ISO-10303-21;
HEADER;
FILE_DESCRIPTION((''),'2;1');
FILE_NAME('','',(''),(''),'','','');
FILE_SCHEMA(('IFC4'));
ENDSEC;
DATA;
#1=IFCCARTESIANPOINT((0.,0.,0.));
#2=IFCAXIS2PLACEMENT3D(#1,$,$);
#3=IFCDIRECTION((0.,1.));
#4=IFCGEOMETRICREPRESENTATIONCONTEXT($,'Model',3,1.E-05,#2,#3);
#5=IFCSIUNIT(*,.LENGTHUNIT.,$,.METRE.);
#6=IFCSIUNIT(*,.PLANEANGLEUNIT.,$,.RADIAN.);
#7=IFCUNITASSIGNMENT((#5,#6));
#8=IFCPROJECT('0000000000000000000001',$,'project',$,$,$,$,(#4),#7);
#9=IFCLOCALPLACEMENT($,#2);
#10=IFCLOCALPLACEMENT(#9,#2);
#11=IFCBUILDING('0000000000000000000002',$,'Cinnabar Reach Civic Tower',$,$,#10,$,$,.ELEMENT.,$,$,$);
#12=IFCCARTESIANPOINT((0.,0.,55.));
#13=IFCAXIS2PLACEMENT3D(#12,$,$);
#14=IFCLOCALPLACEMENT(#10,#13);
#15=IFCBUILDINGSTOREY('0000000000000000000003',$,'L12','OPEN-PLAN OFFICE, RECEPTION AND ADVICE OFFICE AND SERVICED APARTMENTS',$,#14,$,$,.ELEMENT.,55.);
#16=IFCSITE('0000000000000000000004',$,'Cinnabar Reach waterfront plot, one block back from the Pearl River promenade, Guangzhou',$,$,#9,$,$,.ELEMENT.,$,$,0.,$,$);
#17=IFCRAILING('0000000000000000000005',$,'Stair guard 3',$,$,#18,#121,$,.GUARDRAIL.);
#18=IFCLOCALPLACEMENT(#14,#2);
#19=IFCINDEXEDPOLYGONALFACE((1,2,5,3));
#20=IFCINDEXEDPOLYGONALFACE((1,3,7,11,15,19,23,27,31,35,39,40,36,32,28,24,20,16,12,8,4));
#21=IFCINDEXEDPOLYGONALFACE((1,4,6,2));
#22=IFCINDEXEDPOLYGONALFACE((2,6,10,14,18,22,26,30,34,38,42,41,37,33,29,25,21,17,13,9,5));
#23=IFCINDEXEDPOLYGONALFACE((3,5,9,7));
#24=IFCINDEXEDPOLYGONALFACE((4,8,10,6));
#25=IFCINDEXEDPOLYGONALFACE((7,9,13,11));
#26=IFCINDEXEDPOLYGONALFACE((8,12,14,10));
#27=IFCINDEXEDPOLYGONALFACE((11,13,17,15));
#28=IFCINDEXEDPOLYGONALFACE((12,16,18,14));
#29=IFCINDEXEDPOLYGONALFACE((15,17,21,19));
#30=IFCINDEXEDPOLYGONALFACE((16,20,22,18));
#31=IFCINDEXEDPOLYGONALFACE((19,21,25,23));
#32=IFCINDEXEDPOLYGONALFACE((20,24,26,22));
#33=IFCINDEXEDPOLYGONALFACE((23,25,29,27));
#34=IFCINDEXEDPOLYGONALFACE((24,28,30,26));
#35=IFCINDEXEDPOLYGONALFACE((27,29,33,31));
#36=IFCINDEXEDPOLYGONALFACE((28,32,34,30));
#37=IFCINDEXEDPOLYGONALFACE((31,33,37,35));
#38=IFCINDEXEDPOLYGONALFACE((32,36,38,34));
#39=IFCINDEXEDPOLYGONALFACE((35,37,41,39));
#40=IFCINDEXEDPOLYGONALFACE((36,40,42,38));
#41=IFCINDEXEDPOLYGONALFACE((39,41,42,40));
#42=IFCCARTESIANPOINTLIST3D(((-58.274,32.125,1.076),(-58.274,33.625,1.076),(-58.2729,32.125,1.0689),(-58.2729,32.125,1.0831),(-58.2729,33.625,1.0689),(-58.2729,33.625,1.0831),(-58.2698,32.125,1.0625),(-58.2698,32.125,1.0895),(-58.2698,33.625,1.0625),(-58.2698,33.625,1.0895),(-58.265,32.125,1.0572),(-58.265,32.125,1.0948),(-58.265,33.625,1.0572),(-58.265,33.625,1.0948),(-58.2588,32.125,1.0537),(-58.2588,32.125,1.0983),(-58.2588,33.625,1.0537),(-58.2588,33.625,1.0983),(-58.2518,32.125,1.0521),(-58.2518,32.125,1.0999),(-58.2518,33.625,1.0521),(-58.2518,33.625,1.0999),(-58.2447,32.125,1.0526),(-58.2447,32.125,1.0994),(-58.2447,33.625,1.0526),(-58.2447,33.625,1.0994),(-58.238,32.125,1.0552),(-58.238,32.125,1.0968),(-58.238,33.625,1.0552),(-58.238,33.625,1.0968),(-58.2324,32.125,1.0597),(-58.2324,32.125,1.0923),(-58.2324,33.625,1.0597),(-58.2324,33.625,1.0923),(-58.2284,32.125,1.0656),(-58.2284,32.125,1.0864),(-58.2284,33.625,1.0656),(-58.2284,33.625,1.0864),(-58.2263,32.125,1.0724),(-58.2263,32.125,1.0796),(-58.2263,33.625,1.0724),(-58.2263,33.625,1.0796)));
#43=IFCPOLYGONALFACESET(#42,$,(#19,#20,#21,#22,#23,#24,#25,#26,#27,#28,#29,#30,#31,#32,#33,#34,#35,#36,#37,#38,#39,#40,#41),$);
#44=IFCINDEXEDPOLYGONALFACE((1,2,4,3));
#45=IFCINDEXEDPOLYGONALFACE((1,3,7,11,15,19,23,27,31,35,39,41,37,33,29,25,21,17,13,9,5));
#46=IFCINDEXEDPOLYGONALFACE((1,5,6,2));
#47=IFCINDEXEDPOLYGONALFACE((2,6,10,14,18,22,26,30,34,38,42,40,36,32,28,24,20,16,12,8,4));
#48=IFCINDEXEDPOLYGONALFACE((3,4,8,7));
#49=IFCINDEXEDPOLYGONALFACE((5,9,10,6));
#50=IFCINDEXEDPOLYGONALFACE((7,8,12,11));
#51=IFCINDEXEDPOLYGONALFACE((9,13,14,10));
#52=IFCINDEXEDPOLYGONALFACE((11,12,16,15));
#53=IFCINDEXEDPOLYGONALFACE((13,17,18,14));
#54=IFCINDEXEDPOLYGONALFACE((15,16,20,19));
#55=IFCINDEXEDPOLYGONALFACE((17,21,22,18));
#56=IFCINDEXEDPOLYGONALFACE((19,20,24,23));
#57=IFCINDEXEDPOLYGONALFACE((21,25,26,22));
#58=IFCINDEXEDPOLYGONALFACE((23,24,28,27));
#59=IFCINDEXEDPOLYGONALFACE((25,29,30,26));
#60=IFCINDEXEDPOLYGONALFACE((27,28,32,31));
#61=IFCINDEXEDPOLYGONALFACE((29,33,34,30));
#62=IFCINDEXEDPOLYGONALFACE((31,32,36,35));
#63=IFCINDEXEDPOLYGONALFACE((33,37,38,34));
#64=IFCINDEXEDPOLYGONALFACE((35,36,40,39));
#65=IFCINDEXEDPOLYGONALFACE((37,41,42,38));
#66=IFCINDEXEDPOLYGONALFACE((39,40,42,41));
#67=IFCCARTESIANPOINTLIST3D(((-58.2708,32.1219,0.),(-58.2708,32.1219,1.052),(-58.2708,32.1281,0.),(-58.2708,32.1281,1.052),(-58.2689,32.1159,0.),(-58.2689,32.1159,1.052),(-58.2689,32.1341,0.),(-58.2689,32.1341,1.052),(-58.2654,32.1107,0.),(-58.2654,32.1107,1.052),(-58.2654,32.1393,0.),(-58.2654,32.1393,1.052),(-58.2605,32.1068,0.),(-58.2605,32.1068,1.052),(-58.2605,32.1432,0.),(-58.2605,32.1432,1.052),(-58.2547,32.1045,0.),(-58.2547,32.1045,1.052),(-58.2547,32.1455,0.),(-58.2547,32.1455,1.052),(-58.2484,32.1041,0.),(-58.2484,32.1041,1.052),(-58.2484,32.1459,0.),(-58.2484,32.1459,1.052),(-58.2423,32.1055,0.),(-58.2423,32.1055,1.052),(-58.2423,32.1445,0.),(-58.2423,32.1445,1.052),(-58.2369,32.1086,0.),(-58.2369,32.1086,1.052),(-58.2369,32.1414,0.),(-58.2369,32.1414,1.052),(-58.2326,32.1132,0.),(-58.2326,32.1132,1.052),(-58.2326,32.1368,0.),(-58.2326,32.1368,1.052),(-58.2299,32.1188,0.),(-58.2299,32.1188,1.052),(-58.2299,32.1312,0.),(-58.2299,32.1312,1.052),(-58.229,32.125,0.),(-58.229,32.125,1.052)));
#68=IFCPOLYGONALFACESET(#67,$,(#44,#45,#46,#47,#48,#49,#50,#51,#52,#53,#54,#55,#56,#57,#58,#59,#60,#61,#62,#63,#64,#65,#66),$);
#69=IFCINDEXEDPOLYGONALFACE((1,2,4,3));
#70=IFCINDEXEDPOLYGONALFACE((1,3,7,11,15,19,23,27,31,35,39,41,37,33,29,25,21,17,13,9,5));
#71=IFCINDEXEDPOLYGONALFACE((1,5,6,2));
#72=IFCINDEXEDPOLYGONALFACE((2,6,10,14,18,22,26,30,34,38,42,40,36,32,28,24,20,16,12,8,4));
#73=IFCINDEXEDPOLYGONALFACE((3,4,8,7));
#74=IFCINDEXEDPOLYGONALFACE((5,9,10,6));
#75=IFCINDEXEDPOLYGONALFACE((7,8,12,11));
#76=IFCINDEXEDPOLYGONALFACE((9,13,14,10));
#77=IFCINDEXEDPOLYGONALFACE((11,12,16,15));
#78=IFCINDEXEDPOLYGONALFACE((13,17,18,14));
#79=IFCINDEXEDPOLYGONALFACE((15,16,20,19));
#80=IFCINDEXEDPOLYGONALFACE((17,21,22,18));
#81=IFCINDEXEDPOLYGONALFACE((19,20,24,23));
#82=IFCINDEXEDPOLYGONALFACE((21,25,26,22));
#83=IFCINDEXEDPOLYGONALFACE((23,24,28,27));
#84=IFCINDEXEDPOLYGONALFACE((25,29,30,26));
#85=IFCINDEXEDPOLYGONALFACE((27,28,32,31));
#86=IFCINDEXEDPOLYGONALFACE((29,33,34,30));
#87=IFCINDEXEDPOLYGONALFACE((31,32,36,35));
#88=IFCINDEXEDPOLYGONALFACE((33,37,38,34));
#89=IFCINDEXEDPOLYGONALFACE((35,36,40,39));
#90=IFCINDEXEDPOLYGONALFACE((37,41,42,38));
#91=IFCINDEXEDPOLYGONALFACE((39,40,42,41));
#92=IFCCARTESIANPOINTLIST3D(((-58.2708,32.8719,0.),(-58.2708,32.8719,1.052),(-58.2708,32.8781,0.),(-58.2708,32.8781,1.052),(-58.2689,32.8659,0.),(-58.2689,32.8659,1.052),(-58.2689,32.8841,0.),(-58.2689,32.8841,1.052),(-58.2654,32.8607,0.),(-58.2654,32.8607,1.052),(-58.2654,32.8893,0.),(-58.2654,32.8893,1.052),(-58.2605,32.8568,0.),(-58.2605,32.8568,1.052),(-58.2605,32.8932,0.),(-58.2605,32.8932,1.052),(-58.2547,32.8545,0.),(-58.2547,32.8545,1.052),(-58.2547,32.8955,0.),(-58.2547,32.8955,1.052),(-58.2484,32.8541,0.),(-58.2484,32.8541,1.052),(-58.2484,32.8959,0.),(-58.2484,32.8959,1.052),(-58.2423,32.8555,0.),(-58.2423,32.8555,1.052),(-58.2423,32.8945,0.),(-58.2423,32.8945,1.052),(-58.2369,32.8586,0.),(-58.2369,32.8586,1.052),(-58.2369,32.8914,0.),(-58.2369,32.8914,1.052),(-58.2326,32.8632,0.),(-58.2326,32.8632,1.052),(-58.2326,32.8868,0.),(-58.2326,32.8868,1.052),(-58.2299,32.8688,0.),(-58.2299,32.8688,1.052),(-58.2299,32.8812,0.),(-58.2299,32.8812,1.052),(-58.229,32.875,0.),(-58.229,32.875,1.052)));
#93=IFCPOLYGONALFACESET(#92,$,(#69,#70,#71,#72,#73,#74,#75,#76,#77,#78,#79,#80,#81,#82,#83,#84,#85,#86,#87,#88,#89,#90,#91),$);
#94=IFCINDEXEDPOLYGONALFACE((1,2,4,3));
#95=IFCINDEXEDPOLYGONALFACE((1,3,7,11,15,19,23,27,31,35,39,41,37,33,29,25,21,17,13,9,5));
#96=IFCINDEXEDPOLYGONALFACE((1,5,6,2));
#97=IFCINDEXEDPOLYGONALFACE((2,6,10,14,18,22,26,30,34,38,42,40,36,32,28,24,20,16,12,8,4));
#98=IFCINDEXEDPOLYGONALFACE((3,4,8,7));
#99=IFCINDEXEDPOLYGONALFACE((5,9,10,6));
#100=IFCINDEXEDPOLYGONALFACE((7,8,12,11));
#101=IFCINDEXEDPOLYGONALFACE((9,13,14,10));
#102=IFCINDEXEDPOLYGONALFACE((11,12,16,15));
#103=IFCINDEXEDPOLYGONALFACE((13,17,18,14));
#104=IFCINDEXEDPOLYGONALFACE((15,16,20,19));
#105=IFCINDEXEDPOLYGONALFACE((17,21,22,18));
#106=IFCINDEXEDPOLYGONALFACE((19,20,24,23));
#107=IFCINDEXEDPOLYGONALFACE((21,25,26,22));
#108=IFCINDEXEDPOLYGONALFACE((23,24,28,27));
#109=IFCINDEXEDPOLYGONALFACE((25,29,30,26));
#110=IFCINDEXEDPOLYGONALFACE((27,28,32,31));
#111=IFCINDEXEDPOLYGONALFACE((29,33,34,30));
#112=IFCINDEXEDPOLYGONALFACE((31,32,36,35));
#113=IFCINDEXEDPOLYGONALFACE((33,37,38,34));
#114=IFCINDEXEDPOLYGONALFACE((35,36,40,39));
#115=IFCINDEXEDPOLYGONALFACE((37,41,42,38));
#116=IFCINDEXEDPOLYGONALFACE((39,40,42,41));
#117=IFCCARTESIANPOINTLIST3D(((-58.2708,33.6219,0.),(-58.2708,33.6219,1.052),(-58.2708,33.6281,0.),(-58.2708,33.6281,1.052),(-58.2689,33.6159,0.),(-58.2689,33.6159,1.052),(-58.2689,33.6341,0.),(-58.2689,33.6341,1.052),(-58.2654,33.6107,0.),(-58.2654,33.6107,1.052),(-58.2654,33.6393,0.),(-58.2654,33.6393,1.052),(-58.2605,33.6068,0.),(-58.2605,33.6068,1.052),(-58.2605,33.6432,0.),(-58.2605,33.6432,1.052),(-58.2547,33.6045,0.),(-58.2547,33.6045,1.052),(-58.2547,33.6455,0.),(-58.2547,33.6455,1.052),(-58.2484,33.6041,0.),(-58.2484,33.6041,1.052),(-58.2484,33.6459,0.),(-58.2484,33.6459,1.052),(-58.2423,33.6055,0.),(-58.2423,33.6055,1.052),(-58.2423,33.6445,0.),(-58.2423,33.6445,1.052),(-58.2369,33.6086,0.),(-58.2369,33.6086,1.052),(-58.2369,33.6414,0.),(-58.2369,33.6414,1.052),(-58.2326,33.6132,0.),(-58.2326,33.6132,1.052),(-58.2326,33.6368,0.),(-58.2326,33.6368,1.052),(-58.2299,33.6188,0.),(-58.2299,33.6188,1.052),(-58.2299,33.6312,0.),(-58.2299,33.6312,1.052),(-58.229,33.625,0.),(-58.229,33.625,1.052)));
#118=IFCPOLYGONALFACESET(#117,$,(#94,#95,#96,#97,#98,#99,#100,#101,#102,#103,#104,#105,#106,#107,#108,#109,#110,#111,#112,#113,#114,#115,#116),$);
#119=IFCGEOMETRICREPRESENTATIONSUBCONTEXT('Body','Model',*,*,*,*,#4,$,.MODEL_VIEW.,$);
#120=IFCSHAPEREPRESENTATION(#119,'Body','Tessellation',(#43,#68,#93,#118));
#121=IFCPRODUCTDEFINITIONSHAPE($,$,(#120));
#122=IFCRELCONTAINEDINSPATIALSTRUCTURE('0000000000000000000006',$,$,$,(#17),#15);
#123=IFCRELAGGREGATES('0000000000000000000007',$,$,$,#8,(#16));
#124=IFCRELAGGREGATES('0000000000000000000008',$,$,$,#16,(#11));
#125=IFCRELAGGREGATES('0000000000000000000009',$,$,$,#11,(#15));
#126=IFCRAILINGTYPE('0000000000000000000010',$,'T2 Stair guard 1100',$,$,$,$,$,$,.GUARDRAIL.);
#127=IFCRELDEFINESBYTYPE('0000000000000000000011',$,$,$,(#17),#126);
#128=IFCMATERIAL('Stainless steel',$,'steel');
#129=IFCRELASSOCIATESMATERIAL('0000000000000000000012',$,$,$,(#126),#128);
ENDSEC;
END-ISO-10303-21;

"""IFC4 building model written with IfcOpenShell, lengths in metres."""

from ifc_helpers import new_model, si_unit, direction, frame, origin, origin_2d, place, context, subcontext, project, spatial, circle, extrude, material, type_object, element, save


model = new_model("IFC4")

# Units and contexts
model_context = context("Model", 3, precision=1e-05, world=origin(), true_north=direction((0.0, 1.0)))
body_context = subcontext(model_context, "Body", "Model", "MODEL_VIEW")
ifc_project = project(units=[si_unit("LENGTHUNIT", "METRE"), si_unit("PLANEANGLEUNIT", "RADIAN")], contexts=[model_context])

# Site, building, storey
site_placement = place(None, origin())
site = spatial("IfcSite", under=ifc_project, at=site_placement, Name="Cinnabar Reach waterfront plot, one block back from the Pearl River promenade, Guangzhou", CompositionType="ELEMENT", RefElevation=0.0)
building_placement = place(site_placement, origin())
building = spatial("IfcBuilding", under=site, at=building_placement, Name="Cinnabar Reach Civic Tower", CompositionType="ELEMENT")
storey_placement = place(building_placement, frame((0.0, 0.0, 55.0)))
storey = spatial("IfcBuildingStorey", under=building, at=storey_placement, Name="L12", Description="OPEN-PLAN OFFICE, RECEPTION AND ADVICE OFFICE AND SERVICED APARTMENTS", CompositionType="ELEMENT", Elevation=55.0)

# Railing
ifc_material_1 = material(Name="Stainless steel", Category="steel")
railing_type = type_object("IfcRailingType", Name="T2 Stair guard 1100", PredefinedType="GUARDRAIL", material=ifc_material_1)
railing_1_placement = place(storey_placement, frame((-58.25, 32.125, 0.0)))
element("IfcRailing", 1, at=railing_1_placement, inside=storey, type_object=railing_type, Name="Stair guard 3", PredefinedType="GUARDRAIL", context=body_context, shape_type="SweptSolid", body=[
    extrude(circle(Radius=0.024, at=origin_2d()), frame((0.0, 0.0, 1.076), z_axis=(0.0, 1.0, 0.0), x_axis=(-1.0, 0.0, 0.0)), (0.0, 0.0, 1.0), 1.5),
    extrude(circle(Radius=0.021, at=origin_2d()), origin(), (0.0, 0.0, 1.0), 1.052),
    extrude(circle(Radius=0.021, at=origin_2d()), frame((0.0, 0.75, 0.0)), (0.0, 0.0, 1.0), 1.052),
    extrude(circle(Radius=0.021, at=origin_2d()), frame((0.0, 1.5, 0.0)), (0.0, 0.0, 1.0), 1.052),
])

save(model, "model.ifc")
